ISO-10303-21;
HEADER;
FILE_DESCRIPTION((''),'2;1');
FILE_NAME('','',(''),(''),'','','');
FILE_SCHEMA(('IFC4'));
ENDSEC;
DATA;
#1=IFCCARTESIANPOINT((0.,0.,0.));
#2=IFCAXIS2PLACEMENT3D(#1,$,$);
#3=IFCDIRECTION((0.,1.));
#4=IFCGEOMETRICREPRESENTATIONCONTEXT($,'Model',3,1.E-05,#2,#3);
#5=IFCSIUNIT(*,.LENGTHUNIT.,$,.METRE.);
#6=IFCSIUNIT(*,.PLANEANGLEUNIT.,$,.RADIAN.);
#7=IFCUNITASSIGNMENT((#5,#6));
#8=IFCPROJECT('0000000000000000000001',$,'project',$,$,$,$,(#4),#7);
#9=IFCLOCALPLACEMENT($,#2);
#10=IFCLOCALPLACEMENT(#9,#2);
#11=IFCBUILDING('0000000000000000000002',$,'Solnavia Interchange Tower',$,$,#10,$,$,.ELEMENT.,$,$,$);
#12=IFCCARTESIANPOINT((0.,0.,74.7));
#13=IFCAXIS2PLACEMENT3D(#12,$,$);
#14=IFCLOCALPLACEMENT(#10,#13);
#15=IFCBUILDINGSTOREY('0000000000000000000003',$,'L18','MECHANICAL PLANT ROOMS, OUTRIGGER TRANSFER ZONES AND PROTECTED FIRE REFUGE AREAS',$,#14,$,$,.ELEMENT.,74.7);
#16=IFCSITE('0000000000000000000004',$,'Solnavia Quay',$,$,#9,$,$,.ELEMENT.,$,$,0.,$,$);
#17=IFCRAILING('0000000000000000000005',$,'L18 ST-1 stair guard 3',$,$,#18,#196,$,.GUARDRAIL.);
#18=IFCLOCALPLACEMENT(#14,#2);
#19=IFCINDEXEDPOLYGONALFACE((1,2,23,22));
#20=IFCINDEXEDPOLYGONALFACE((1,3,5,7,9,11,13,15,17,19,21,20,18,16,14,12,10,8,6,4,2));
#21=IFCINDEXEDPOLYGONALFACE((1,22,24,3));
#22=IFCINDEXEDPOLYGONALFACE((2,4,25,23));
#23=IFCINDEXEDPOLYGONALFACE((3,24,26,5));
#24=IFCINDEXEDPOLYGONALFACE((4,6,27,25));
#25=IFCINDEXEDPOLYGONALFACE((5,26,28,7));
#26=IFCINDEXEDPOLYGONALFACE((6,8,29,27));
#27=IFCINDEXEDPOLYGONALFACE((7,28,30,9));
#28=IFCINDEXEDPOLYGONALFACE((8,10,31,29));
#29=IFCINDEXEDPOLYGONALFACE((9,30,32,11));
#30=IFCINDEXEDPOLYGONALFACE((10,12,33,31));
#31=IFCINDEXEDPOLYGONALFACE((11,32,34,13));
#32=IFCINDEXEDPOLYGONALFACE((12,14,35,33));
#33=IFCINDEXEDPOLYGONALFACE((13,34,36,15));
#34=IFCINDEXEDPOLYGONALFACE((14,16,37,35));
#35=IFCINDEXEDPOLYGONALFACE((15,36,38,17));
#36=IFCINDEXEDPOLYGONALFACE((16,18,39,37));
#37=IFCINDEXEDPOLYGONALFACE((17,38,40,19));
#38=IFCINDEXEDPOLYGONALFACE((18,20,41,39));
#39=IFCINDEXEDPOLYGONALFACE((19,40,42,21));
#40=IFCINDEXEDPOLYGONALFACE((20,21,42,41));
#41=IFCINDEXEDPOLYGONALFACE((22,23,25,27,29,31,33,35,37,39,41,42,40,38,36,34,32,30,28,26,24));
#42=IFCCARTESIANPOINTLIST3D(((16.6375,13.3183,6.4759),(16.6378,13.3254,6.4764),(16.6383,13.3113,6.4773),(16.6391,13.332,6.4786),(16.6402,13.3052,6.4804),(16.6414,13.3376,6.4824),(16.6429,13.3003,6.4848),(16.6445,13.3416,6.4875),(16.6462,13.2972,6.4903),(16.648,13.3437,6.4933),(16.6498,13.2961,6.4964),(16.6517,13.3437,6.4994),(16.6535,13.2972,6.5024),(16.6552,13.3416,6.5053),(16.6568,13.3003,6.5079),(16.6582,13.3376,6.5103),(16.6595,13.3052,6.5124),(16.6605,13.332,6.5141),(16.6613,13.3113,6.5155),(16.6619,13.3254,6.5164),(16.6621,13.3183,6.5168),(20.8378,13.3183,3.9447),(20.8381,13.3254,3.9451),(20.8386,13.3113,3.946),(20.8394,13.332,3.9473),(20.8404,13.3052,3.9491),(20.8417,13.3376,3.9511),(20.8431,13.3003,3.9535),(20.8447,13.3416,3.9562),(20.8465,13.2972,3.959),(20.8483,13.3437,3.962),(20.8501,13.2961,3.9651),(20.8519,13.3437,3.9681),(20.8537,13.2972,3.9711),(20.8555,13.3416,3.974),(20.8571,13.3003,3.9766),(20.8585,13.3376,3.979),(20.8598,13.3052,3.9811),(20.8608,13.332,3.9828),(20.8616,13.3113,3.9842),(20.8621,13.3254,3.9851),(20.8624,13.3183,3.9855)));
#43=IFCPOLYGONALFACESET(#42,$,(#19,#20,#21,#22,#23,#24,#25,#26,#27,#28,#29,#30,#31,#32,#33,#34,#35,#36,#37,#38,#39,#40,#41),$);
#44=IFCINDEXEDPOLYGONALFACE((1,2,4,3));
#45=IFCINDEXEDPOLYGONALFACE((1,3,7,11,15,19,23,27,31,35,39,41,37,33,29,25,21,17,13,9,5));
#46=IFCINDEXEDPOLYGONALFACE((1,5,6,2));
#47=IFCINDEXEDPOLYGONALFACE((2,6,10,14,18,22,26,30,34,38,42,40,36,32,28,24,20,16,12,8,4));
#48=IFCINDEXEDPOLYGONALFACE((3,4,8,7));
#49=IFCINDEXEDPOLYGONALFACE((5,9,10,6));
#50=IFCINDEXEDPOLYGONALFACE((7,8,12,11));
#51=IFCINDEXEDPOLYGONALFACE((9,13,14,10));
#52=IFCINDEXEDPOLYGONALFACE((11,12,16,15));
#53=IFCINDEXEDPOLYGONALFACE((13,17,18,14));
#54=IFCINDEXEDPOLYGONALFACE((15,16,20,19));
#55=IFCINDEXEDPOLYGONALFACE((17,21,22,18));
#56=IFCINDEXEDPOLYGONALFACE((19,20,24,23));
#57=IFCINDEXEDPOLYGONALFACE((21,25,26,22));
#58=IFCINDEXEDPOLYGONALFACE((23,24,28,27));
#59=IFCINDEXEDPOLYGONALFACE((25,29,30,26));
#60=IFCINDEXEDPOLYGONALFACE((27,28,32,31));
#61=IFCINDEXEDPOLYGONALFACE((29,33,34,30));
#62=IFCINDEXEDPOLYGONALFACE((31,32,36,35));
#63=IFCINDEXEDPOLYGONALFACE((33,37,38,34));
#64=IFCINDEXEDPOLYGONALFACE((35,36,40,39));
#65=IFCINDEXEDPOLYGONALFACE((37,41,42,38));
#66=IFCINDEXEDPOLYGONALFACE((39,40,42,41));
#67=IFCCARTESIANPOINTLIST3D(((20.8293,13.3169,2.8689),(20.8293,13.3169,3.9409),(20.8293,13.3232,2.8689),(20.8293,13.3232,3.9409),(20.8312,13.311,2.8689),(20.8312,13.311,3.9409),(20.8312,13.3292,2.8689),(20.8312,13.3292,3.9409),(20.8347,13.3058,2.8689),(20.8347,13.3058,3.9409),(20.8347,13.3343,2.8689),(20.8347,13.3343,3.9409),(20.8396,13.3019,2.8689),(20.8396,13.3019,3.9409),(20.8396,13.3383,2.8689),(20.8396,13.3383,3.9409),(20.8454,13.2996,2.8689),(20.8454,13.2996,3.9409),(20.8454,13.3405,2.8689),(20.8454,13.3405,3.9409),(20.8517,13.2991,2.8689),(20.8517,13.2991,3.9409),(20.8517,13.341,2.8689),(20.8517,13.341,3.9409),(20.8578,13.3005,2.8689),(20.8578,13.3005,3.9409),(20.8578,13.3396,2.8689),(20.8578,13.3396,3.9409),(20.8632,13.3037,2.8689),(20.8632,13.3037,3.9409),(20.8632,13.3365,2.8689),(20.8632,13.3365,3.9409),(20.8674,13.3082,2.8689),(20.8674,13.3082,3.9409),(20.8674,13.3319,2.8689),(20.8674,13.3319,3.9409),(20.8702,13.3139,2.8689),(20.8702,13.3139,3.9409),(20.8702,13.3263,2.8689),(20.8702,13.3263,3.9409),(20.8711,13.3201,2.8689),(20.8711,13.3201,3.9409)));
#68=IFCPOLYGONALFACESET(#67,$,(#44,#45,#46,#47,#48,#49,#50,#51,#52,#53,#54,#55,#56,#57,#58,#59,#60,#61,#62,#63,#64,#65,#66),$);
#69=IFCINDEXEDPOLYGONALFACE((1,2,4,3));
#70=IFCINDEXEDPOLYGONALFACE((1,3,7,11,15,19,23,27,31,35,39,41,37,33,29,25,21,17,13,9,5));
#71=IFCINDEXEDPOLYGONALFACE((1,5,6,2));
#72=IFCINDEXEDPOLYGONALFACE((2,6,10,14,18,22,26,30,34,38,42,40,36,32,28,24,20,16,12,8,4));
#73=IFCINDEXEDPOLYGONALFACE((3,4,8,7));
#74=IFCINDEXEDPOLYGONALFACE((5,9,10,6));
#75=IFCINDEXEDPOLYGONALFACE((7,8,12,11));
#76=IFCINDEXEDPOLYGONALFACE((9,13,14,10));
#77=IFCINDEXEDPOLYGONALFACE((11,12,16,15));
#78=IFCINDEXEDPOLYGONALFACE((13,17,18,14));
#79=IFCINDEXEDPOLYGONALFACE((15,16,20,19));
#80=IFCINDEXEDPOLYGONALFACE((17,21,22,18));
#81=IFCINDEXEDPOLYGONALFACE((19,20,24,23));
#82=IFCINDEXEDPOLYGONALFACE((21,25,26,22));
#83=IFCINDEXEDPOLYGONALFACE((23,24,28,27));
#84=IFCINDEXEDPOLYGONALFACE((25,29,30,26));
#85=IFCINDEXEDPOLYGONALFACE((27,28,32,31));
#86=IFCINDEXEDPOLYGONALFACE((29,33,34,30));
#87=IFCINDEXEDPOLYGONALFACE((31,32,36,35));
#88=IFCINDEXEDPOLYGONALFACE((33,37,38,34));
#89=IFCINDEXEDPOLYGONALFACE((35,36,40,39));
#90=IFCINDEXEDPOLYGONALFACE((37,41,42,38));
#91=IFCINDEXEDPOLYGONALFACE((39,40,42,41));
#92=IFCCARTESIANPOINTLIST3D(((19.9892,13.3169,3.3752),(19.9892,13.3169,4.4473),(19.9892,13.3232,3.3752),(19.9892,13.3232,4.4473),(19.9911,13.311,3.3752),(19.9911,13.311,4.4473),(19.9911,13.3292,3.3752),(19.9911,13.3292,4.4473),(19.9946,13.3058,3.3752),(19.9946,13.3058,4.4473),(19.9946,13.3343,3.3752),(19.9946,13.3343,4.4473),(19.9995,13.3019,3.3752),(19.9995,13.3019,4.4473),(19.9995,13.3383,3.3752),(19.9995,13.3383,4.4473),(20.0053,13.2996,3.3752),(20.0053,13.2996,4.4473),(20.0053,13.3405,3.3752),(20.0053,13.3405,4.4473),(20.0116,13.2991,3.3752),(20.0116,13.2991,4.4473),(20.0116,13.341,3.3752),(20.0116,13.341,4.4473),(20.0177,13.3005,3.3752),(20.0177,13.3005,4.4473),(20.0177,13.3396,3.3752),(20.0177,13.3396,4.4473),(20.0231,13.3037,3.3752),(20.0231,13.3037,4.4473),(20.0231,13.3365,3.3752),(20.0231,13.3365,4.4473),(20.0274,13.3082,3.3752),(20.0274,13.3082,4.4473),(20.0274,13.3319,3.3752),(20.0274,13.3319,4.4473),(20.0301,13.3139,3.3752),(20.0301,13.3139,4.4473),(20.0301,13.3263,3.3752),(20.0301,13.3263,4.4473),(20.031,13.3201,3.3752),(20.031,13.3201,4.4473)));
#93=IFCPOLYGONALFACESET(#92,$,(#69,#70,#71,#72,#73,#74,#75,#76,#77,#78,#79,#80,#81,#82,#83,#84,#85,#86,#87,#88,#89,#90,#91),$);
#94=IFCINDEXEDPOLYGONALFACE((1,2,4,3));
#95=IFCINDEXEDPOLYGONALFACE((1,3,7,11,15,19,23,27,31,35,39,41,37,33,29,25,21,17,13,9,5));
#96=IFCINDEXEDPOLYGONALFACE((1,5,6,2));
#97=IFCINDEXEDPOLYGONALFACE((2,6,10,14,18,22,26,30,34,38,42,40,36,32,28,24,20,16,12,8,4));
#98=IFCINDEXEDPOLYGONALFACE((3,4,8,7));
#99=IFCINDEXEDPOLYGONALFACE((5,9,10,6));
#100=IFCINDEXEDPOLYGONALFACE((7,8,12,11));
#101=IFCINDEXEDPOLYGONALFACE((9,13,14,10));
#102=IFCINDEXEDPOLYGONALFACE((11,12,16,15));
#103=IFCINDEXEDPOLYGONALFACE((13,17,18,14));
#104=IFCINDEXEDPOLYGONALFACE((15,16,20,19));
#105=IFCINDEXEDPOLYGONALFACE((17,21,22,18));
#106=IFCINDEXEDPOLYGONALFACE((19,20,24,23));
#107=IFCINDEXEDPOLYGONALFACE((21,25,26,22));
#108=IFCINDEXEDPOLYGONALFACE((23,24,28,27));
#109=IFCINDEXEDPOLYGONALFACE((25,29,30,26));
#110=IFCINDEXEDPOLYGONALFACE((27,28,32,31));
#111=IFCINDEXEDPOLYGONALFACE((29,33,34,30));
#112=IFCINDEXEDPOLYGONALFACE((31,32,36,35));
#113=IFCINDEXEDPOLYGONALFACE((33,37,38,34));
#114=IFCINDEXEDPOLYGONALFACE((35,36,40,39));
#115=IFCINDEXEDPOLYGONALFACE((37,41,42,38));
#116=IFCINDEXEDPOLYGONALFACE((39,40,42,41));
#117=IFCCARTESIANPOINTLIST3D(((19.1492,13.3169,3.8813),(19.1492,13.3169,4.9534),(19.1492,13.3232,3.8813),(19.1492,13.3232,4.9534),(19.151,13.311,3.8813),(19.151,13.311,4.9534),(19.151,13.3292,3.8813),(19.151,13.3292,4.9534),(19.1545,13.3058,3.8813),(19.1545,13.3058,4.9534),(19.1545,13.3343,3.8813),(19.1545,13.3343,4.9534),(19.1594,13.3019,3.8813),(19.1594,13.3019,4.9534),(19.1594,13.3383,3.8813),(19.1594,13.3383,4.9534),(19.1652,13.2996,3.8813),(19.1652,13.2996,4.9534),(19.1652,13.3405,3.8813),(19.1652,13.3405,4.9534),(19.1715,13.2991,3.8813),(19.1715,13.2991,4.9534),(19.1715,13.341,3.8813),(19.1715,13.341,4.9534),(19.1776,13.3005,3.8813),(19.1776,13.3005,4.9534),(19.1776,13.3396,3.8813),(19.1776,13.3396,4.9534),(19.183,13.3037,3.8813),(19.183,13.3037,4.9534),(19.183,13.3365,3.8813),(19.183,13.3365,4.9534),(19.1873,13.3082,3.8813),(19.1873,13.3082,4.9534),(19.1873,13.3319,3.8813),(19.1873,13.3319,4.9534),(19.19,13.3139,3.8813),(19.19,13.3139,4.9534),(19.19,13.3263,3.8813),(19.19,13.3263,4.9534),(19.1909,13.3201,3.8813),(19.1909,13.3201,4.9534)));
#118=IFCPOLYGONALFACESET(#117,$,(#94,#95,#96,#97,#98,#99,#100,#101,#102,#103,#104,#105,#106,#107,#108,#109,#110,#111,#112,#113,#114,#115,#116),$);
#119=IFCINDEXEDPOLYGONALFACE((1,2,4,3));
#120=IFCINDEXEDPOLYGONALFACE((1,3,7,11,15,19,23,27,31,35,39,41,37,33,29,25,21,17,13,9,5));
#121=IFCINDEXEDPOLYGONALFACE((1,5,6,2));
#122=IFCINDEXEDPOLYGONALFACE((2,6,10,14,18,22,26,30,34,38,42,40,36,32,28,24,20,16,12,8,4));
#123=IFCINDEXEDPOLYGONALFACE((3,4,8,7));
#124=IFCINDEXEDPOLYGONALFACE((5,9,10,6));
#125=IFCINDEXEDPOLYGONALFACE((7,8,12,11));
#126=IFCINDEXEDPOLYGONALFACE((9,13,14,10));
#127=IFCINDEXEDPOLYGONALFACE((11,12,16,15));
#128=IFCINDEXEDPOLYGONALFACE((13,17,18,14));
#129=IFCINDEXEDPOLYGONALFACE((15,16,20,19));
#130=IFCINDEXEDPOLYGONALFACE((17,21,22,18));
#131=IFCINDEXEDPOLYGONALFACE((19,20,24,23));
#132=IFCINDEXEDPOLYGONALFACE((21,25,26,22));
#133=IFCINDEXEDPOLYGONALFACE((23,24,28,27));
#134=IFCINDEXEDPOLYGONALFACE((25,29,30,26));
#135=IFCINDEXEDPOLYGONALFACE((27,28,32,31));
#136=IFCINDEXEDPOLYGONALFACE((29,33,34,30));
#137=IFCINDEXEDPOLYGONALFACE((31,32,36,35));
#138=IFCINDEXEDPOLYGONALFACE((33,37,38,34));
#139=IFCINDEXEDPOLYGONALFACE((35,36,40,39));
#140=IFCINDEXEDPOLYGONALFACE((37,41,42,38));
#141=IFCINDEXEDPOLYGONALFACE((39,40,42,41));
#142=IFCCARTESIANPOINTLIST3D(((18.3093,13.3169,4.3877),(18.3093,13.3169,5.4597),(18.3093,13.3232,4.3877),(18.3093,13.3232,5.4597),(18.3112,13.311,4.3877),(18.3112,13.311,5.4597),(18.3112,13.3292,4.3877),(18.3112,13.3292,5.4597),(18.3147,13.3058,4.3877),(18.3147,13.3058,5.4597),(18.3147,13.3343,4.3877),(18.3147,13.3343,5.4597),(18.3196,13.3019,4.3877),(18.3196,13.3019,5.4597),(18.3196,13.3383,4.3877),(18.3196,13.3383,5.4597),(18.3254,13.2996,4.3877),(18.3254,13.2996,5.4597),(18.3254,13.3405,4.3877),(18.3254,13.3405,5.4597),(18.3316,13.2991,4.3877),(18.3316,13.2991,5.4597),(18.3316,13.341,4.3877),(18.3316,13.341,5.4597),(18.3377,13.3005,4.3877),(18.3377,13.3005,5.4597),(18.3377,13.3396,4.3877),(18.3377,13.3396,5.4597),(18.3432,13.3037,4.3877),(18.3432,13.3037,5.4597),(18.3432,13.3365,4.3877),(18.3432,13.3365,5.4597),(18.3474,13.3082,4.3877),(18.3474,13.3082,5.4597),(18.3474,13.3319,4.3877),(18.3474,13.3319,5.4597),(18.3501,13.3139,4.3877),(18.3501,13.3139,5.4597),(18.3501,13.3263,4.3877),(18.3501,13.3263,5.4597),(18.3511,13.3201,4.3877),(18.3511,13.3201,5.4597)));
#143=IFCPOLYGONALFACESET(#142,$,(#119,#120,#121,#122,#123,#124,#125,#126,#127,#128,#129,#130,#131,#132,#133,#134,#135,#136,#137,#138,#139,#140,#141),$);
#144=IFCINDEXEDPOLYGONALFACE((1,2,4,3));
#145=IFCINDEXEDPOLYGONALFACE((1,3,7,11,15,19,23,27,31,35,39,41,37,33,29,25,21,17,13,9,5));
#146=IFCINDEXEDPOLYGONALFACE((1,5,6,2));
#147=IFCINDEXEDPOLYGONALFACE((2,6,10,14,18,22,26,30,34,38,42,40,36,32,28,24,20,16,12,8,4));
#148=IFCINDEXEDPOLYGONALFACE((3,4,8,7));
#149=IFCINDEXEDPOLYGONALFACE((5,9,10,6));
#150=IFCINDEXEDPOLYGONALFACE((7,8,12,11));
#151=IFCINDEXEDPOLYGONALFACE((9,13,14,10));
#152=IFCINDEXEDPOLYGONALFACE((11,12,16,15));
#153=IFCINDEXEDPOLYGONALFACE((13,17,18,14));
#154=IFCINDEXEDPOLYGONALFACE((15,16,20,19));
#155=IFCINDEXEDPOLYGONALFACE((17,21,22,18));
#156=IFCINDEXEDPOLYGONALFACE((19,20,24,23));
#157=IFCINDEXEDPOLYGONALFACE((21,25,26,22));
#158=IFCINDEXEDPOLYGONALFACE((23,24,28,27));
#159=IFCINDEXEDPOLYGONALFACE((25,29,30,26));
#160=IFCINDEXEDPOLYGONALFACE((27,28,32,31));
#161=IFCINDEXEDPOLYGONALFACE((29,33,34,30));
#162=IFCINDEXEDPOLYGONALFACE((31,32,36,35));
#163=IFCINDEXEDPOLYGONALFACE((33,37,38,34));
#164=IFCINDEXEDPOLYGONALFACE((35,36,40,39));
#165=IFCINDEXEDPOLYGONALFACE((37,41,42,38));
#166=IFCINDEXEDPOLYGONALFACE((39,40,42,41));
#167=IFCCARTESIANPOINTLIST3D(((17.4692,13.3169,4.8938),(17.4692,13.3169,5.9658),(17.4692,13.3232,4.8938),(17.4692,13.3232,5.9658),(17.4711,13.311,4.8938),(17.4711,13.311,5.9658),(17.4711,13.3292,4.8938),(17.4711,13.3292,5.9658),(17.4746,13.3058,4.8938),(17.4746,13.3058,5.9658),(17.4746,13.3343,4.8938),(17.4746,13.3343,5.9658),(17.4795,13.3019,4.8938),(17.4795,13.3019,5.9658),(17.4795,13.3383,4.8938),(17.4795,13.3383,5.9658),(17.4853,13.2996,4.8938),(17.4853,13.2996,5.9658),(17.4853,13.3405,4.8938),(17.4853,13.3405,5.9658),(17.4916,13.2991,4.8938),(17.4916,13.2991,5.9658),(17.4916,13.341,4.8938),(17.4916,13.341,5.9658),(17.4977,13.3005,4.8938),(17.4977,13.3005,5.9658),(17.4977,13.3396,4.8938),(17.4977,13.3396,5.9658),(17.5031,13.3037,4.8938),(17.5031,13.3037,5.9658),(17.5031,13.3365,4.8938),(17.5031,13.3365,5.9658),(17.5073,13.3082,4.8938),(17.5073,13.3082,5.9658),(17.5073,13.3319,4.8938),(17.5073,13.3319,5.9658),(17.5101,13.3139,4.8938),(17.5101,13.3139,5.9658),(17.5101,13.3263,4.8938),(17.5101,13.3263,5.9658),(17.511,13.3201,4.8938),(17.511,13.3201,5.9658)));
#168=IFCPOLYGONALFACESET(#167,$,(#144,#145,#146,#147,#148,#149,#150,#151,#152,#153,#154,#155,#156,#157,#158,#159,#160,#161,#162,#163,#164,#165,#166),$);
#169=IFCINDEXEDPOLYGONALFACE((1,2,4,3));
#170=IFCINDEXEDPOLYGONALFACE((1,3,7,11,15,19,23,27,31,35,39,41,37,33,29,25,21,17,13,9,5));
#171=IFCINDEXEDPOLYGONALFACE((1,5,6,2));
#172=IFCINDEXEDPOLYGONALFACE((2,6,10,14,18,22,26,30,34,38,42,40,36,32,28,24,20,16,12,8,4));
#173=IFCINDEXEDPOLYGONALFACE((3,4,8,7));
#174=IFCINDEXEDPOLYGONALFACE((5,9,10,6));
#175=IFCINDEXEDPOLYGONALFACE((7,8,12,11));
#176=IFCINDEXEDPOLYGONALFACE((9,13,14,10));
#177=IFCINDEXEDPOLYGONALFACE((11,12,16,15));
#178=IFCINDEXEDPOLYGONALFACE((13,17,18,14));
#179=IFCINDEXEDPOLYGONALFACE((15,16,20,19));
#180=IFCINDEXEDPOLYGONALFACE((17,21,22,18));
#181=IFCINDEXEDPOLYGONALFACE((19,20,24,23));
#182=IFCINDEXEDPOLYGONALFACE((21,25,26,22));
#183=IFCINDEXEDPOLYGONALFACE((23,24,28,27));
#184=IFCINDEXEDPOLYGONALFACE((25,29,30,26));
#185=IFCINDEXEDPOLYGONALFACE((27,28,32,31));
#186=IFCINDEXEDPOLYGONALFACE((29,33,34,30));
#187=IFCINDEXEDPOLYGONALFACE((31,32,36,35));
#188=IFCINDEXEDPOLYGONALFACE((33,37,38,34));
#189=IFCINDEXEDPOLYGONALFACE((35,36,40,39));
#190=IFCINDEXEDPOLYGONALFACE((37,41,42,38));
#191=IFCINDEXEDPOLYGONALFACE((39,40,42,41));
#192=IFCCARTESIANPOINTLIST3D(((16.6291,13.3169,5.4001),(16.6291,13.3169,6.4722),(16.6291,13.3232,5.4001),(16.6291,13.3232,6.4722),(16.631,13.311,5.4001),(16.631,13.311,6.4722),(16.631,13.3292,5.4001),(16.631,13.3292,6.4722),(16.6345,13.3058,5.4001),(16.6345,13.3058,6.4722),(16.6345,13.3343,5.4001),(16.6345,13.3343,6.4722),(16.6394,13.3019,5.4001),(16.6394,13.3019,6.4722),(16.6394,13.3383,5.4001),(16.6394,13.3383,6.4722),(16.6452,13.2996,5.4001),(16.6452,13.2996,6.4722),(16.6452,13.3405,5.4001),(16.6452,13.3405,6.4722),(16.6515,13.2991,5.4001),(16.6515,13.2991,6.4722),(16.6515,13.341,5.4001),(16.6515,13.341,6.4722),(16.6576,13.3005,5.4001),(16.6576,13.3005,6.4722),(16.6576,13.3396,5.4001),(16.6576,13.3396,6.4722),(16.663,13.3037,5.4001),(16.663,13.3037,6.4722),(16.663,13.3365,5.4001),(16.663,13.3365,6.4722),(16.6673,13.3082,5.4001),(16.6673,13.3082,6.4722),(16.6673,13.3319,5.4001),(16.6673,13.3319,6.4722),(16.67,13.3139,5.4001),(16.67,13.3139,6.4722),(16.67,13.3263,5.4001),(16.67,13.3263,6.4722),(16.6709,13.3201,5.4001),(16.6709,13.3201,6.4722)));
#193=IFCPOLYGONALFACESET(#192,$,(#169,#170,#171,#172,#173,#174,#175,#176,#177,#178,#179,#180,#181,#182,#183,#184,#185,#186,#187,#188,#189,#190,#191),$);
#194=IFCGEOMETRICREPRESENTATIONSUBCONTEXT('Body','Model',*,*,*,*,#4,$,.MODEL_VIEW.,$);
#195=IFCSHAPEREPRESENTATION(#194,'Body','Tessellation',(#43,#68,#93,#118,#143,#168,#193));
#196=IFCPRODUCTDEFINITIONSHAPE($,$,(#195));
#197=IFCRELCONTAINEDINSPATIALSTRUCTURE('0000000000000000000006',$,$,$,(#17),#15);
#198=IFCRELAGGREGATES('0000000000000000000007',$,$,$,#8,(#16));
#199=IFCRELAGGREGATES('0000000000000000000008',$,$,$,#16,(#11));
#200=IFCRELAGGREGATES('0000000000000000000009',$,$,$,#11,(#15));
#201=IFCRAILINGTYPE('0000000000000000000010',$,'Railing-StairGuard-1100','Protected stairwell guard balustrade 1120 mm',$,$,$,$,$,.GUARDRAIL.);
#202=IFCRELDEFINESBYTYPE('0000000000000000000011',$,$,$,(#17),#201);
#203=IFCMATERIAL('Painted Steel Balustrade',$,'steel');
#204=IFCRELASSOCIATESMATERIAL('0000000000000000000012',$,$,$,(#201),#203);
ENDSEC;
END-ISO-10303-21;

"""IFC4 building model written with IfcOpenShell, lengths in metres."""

from ifc_helpers import new_model, si_unit, direction, frame, origin, origin_2d, place, context, subcontext, project, spatial, circle, extrude, material, type_object, element, save


model = new_model("IFC4")

# Units and contexts
model_context = context("Model", 3, precision=1e-05, world=origin(), true_north=direction((0.0, 1.0)))
body_context = subcontext(model_context, "Body", "Model", "MODEL_VIEW")
ifc_project = project(units=[si_unit("LENGTHUNIT", "METRE"), si_unit("PLANEANGLEUNIT", "RADIAN")], contexts=[model_context])

# Site, building, storey
site_placement = place(None, origin())
site = spatial("IfcSite", under=ifc_project, at=site_placement, Name="Solnavia Quay", CompositionType="ELEMENT", RefElevation=0.0)
building_placement = place(site_placement, origin())
building = spatial("IfcBuilding", under=site, at=building_placement, Name="Solnavia Interchange Tower", CompositionType="ELEMENT")
storey_placement = place(building_placement, frame((0.0, 0.0, 74.7)))
storey = spatial("IfcBuildingStorey", under=building, at=storey_placement, Name="L18", Description="MECHANICAL PLANT ROOMS, OUTRIGGER TRANSFER ZONES AND PROTECTED FIRE REFUGE AREAS", CompositionType="ELEMENT", Elevation=74.7)

# Railing
ifc_material_1 = material(Name="Painted Steel Balustrade", Category="steel")
railing_type_1 = type_object("IfcRailingType", Name="Railing-StairGuard-1100", Description="Protected stairwell guard balustrade 1120 mm", PredefinedType="GUARDRAIL", material=ifc_material_1)
railing_1_placement = place(storey_placement, frame((20.8501, 13.3201, 2.8689)))
element("IfcRailing", 1, at=railing_1_placement, inside=storey, type_object=railing_type_1, Name="L18 ST-1 stair guard 3", PredefinedType="GUARDRAIL", context=body_context, shape_type="SweptSolid", body=[
    extrude(circle(Radius=0.0239, at=origin_2d()), frame((0.0, 0.0, 1.0962), z_axis=(-0.85649, 0.0, 0.516164), x_axis=(0.0, -1.0, 0.0)), (0.0, 0.0, 1.0), 4.9041),
    extrude(circle(Radius=0.021, at=origin_2d()), origin(), (0.0, 0.0, 1.0), 1.072),
    extrude(circle(Radius=0.021, at=origin_2d()), frame((-0.8401, 0.0, 0.5063)), (0.0, 0.0, 1.0), 1.072),
    extrude(circle(Radius=0.021, at=origin_2d()), frame((-1.6802, 0.0, 1.0125)), (0.0, 0.0, 1.0), 1.072),
    extrude(circle(Radius=0.021, at=origin_2d()), frame((-2.52, 0.0, 1.5188)), (0.0, 0.0, 1.0), 1.072),
    extrude(circle(Radius=0.021, at=origin_2d()), frame((-3.3601, 0.0, 2.0249)), (0.0, 0.0, 1.0), 1.072),
    extrude(circle(Radius=0.021, at=origin_2d()), frame((-4.2002, 0.0, 2.5312)), (0.0, 0.0, 1.0), 1.072),
])

save(model, "model.ifc")
